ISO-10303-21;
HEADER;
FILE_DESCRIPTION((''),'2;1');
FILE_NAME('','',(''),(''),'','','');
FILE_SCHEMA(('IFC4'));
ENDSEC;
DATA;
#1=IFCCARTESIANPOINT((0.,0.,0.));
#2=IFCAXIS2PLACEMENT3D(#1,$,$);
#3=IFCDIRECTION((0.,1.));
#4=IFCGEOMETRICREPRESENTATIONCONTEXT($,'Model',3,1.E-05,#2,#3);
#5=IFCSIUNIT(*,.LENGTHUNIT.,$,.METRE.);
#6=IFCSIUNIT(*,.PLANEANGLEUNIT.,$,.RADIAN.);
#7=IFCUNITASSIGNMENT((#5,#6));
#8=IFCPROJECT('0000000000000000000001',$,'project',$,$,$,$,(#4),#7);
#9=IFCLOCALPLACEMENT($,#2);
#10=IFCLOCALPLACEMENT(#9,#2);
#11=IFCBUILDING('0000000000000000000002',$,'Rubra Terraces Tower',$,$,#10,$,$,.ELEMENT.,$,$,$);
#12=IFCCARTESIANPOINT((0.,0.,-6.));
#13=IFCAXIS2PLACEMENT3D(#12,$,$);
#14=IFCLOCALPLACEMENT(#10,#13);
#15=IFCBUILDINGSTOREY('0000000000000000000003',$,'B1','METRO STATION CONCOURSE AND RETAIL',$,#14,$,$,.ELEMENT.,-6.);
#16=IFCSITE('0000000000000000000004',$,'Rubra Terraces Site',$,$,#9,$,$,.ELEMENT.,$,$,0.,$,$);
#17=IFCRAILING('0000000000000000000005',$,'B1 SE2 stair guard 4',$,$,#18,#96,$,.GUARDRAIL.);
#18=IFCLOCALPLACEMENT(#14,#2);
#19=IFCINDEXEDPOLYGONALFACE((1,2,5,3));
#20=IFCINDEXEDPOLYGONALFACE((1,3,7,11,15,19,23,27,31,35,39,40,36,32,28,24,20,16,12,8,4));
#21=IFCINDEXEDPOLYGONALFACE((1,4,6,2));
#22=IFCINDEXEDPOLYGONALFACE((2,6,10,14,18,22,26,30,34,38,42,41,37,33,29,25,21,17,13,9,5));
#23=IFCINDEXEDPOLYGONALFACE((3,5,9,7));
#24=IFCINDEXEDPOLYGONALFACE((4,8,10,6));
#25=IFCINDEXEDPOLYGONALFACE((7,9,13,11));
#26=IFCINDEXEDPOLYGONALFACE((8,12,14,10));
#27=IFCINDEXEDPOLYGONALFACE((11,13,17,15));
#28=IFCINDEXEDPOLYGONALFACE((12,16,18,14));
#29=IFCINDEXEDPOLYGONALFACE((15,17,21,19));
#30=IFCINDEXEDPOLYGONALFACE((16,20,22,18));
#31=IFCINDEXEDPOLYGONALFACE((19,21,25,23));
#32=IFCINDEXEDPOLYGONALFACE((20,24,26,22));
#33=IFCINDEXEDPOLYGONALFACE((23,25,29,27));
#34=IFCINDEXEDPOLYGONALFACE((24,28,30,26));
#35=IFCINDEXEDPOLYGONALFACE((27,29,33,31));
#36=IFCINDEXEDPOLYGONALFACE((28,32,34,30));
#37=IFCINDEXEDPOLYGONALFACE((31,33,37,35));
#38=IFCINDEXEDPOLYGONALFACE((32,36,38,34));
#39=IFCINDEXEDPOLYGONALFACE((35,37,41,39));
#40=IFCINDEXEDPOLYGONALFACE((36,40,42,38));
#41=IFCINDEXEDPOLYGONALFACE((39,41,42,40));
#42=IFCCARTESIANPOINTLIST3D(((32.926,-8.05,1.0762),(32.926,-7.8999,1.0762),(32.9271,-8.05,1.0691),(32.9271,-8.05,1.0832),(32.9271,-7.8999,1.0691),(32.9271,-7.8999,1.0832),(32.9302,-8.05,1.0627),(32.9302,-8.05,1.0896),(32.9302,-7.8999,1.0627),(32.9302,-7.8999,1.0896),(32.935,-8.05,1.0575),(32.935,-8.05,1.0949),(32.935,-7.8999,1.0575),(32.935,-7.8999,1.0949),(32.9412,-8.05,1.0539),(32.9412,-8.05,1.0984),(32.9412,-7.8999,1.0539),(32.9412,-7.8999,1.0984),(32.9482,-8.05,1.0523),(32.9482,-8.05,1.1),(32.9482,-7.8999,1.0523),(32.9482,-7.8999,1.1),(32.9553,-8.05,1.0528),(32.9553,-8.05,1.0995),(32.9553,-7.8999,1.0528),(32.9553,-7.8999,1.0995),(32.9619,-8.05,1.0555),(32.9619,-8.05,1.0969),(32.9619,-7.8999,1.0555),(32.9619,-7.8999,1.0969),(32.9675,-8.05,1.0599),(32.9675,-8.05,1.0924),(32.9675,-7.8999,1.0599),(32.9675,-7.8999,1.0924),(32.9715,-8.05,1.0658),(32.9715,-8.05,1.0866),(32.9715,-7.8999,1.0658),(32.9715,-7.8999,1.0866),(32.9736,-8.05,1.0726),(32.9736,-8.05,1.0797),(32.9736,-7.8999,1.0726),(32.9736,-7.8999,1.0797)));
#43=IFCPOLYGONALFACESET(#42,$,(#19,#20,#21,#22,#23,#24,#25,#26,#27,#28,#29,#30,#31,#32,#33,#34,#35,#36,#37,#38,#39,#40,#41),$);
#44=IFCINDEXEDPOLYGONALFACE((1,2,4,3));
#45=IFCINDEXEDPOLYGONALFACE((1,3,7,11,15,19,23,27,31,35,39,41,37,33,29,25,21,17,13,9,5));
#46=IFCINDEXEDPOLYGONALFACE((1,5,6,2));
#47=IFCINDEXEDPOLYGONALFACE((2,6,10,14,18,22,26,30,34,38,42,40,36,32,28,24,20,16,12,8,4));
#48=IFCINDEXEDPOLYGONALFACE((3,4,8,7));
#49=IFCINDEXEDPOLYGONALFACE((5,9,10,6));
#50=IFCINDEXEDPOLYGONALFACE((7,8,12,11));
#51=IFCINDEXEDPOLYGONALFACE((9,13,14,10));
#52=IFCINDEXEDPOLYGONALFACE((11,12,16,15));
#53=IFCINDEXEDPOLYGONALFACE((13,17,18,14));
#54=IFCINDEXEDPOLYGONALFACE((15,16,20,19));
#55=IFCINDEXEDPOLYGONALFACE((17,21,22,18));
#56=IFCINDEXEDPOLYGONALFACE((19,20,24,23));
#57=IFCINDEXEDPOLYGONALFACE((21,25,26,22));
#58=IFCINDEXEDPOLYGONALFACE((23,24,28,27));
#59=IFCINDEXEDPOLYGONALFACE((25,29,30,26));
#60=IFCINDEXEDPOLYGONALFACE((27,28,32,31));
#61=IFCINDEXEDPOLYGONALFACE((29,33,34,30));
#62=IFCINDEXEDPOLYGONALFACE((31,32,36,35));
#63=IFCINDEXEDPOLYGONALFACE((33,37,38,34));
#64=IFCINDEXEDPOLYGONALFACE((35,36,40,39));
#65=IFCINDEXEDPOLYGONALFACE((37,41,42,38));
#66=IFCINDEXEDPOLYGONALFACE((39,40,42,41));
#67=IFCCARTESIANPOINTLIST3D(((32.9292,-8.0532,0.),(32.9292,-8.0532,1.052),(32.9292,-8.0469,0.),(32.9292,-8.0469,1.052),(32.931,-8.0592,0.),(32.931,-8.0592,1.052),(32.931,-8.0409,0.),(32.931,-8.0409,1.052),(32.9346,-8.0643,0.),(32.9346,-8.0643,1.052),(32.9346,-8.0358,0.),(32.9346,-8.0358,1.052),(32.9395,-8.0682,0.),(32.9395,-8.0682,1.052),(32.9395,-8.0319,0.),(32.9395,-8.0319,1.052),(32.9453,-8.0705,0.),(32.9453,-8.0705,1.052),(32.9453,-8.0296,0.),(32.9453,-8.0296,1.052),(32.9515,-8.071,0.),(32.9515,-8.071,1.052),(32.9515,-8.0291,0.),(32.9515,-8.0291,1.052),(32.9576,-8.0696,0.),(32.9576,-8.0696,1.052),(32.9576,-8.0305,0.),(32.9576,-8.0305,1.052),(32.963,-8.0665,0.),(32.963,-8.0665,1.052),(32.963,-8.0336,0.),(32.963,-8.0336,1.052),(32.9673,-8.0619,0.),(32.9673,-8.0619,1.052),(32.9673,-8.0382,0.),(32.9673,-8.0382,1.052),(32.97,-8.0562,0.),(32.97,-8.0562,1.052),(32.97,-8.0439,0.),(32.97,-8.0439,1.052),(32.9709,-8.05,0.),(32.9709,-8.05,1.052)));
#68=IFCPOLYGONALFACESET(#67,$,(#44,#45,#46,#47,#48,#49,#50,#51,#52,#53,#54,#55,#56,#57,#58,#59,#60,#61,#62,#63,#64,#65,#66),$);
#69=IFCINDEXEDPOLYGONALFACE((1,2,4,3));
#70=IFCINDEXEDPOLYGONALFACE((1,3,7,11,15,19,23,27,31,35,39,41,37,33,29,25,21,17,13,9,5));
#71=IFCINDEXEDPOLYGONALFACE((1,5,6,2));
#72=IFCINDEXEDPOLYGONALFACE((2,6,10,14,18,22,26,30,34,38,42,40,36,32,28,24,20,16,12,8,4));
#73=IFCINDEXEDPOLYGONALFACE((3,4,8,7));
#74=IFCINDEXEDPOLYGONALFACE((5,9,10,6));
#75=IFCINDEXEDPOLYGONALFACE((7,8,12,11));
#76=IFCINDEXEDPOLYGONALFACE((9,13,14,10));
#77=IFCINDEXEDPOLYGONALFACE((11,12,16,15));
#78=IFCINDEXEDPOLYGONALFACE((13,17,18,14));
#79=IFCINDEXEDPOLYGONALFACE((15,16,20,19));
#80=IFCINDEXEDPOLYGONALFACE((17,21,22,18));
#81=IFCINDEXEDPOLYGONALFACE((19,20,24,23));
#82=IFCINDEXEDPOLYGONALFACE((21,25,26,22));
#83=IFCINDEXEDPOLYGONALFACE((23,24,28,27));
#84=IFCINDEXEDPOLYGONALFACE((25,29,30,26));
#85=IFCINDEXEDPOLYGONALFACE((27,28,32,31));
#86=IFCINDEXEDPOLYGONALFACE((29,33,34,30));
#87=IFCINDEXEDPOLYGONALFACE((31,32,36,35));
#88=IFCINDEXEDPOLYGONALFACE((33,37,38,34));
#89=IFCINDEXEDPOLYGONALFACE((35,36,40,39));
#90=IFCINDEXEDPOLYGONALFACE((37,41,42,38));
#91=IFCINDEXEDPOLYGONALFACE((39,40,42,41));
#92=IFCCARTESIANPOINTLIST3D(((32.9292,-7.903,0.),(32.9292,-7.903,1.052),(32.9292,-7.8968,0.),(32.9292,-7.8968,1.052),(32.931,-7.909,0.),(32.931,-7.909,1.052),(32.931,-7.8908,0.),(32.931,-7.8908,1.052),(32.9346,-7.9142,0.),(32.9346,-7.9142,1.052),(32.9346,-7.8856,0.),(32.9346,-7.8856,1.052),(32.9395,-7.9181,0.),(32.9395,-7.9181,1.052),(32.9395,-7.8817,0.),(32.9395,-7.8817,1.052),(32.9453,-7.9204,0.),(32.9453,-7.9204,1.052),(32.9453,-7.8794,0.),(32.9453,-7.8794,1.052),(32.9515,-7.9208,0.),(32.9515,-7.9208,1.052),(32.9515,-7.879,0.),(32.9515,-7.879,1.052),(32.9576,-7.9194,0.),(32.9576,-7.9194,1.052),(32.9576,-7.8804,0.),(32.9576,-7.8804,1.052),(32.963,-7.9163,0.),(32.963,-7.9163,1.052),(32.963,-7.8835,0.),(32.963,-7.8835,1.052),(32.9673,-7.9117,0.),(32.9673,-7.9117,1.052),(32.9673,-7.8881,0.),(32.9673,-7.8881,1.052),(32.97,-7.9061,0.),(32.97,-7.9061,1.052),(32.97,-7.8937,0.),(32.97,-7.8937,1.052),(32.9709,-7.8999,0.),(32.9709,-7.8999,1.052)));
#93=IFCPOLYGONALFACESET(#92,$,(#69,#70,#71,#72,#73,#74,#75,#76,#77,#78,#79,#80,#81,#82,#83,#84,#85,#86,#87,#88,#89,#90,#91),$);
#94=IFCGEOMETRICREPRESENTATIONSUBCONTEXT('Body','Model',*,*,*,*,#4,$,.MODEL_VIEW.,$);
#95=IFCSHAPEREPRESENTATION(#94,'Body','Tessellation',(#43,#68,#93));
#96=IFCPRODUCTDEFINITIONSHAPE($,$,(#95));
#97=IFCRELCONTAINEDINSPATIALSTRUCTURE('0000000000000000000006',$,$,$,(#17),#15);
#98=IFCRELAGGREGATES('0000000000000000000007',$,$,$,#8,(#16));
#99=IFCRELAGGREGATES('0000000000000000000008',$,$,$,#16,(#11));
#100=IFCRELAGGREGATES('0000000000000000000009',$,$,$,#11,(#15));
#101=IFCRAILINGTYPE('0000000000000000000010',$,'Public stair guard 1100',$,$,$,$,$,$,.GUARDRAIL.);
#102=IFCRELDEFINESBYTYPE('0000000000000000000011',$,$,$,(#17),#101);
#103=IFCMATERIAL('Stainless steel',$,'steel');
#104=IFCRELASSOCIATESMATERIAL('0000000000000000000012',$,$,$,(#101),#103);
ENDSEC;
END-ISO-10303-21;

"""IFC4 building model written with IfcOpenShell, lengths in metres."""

from ifc_helpers import new_model, si_unit, direction, frame, origin, origin_2d, place, context, subcontext, project, spatial, circle, extrude, material, type_object, element, save


model = new_model("IFC4")

# Units and contexts
model_context = context("Model", 3, precision=1e-05, world=origin(), true_north=direction((0.0, 1.0)))
body_context = subcontext(model_context, "Body", "Model", "MODEL_VIEW")
ifc_project = project(units=[si_unit("LENGTHUNIT", "METRE"), si_unit("PLANEANGLEUNIT", "RADIAN")], contexts=[model_context])

# Site, building, storey
site_placement = place(None, origin())
site = spatial("IfcSite", under=ifc_project, at=site_placement, Name="Rubra Terraces Site", CompositionType="ELEMENT", RefElevation=0.0)
building_placement = place(site_placement, origin())
building = spatial("IfcBuilding", under=site, at=building_placement, Name="Rubra Terraces Tower", CompositionType="ELEMENT")
storey_placement = place(building_placement, frame((0.0, 0.0, -6.0)))
storey = spatial("IfcBuildingStorey", under=building, at=storey_placement, Name="B1", Description="METRO STATION CONCOURSE AND RETAIL", CompositionType="ELEMENT", Elevation=-6.0)

# Railing
ifc_material_1 = material(Name="Stainless steel", Category="steel")
railing_type_1 = type_object("IfcRailingType", Name="Public stair guard 1100", PredefinedType="GUARDRAIL", material=ifc_material_1)
railing_1_placement = place(storey_placement, frame((32.95, -8.05, 0.0)))
element("IfcRailing", 1, at=railing_1_placement, inside=storey, type_object=railing_type_1, Name="B1 SE2 stair guard 4", PredefinedType="GUARDRAIL", context=body_context, shape_type="SweptSolid", body=[
    extrude(circle(Radius=0.0239, at=origin_2d()), frame((0.0, 0.0, 1.0762), z_axis=(0.0, 1.0, 0.0), x_axis=(-1.0, 0.0, 0.0)), (0.0, 0.0, 1.0), 0.1501),
    extrude(circle(Radius=0.021, at=origin_2d()), origin(), (0.0, 0.0, 1.0), 1.052),
    extrude(circle(Radius=0.021, at=origin_2d()), frame((0.0, 0.1501, 0.0)), (0.0, 0.0, 1.0), 1.052),
])

save(model, "model.ifc")
